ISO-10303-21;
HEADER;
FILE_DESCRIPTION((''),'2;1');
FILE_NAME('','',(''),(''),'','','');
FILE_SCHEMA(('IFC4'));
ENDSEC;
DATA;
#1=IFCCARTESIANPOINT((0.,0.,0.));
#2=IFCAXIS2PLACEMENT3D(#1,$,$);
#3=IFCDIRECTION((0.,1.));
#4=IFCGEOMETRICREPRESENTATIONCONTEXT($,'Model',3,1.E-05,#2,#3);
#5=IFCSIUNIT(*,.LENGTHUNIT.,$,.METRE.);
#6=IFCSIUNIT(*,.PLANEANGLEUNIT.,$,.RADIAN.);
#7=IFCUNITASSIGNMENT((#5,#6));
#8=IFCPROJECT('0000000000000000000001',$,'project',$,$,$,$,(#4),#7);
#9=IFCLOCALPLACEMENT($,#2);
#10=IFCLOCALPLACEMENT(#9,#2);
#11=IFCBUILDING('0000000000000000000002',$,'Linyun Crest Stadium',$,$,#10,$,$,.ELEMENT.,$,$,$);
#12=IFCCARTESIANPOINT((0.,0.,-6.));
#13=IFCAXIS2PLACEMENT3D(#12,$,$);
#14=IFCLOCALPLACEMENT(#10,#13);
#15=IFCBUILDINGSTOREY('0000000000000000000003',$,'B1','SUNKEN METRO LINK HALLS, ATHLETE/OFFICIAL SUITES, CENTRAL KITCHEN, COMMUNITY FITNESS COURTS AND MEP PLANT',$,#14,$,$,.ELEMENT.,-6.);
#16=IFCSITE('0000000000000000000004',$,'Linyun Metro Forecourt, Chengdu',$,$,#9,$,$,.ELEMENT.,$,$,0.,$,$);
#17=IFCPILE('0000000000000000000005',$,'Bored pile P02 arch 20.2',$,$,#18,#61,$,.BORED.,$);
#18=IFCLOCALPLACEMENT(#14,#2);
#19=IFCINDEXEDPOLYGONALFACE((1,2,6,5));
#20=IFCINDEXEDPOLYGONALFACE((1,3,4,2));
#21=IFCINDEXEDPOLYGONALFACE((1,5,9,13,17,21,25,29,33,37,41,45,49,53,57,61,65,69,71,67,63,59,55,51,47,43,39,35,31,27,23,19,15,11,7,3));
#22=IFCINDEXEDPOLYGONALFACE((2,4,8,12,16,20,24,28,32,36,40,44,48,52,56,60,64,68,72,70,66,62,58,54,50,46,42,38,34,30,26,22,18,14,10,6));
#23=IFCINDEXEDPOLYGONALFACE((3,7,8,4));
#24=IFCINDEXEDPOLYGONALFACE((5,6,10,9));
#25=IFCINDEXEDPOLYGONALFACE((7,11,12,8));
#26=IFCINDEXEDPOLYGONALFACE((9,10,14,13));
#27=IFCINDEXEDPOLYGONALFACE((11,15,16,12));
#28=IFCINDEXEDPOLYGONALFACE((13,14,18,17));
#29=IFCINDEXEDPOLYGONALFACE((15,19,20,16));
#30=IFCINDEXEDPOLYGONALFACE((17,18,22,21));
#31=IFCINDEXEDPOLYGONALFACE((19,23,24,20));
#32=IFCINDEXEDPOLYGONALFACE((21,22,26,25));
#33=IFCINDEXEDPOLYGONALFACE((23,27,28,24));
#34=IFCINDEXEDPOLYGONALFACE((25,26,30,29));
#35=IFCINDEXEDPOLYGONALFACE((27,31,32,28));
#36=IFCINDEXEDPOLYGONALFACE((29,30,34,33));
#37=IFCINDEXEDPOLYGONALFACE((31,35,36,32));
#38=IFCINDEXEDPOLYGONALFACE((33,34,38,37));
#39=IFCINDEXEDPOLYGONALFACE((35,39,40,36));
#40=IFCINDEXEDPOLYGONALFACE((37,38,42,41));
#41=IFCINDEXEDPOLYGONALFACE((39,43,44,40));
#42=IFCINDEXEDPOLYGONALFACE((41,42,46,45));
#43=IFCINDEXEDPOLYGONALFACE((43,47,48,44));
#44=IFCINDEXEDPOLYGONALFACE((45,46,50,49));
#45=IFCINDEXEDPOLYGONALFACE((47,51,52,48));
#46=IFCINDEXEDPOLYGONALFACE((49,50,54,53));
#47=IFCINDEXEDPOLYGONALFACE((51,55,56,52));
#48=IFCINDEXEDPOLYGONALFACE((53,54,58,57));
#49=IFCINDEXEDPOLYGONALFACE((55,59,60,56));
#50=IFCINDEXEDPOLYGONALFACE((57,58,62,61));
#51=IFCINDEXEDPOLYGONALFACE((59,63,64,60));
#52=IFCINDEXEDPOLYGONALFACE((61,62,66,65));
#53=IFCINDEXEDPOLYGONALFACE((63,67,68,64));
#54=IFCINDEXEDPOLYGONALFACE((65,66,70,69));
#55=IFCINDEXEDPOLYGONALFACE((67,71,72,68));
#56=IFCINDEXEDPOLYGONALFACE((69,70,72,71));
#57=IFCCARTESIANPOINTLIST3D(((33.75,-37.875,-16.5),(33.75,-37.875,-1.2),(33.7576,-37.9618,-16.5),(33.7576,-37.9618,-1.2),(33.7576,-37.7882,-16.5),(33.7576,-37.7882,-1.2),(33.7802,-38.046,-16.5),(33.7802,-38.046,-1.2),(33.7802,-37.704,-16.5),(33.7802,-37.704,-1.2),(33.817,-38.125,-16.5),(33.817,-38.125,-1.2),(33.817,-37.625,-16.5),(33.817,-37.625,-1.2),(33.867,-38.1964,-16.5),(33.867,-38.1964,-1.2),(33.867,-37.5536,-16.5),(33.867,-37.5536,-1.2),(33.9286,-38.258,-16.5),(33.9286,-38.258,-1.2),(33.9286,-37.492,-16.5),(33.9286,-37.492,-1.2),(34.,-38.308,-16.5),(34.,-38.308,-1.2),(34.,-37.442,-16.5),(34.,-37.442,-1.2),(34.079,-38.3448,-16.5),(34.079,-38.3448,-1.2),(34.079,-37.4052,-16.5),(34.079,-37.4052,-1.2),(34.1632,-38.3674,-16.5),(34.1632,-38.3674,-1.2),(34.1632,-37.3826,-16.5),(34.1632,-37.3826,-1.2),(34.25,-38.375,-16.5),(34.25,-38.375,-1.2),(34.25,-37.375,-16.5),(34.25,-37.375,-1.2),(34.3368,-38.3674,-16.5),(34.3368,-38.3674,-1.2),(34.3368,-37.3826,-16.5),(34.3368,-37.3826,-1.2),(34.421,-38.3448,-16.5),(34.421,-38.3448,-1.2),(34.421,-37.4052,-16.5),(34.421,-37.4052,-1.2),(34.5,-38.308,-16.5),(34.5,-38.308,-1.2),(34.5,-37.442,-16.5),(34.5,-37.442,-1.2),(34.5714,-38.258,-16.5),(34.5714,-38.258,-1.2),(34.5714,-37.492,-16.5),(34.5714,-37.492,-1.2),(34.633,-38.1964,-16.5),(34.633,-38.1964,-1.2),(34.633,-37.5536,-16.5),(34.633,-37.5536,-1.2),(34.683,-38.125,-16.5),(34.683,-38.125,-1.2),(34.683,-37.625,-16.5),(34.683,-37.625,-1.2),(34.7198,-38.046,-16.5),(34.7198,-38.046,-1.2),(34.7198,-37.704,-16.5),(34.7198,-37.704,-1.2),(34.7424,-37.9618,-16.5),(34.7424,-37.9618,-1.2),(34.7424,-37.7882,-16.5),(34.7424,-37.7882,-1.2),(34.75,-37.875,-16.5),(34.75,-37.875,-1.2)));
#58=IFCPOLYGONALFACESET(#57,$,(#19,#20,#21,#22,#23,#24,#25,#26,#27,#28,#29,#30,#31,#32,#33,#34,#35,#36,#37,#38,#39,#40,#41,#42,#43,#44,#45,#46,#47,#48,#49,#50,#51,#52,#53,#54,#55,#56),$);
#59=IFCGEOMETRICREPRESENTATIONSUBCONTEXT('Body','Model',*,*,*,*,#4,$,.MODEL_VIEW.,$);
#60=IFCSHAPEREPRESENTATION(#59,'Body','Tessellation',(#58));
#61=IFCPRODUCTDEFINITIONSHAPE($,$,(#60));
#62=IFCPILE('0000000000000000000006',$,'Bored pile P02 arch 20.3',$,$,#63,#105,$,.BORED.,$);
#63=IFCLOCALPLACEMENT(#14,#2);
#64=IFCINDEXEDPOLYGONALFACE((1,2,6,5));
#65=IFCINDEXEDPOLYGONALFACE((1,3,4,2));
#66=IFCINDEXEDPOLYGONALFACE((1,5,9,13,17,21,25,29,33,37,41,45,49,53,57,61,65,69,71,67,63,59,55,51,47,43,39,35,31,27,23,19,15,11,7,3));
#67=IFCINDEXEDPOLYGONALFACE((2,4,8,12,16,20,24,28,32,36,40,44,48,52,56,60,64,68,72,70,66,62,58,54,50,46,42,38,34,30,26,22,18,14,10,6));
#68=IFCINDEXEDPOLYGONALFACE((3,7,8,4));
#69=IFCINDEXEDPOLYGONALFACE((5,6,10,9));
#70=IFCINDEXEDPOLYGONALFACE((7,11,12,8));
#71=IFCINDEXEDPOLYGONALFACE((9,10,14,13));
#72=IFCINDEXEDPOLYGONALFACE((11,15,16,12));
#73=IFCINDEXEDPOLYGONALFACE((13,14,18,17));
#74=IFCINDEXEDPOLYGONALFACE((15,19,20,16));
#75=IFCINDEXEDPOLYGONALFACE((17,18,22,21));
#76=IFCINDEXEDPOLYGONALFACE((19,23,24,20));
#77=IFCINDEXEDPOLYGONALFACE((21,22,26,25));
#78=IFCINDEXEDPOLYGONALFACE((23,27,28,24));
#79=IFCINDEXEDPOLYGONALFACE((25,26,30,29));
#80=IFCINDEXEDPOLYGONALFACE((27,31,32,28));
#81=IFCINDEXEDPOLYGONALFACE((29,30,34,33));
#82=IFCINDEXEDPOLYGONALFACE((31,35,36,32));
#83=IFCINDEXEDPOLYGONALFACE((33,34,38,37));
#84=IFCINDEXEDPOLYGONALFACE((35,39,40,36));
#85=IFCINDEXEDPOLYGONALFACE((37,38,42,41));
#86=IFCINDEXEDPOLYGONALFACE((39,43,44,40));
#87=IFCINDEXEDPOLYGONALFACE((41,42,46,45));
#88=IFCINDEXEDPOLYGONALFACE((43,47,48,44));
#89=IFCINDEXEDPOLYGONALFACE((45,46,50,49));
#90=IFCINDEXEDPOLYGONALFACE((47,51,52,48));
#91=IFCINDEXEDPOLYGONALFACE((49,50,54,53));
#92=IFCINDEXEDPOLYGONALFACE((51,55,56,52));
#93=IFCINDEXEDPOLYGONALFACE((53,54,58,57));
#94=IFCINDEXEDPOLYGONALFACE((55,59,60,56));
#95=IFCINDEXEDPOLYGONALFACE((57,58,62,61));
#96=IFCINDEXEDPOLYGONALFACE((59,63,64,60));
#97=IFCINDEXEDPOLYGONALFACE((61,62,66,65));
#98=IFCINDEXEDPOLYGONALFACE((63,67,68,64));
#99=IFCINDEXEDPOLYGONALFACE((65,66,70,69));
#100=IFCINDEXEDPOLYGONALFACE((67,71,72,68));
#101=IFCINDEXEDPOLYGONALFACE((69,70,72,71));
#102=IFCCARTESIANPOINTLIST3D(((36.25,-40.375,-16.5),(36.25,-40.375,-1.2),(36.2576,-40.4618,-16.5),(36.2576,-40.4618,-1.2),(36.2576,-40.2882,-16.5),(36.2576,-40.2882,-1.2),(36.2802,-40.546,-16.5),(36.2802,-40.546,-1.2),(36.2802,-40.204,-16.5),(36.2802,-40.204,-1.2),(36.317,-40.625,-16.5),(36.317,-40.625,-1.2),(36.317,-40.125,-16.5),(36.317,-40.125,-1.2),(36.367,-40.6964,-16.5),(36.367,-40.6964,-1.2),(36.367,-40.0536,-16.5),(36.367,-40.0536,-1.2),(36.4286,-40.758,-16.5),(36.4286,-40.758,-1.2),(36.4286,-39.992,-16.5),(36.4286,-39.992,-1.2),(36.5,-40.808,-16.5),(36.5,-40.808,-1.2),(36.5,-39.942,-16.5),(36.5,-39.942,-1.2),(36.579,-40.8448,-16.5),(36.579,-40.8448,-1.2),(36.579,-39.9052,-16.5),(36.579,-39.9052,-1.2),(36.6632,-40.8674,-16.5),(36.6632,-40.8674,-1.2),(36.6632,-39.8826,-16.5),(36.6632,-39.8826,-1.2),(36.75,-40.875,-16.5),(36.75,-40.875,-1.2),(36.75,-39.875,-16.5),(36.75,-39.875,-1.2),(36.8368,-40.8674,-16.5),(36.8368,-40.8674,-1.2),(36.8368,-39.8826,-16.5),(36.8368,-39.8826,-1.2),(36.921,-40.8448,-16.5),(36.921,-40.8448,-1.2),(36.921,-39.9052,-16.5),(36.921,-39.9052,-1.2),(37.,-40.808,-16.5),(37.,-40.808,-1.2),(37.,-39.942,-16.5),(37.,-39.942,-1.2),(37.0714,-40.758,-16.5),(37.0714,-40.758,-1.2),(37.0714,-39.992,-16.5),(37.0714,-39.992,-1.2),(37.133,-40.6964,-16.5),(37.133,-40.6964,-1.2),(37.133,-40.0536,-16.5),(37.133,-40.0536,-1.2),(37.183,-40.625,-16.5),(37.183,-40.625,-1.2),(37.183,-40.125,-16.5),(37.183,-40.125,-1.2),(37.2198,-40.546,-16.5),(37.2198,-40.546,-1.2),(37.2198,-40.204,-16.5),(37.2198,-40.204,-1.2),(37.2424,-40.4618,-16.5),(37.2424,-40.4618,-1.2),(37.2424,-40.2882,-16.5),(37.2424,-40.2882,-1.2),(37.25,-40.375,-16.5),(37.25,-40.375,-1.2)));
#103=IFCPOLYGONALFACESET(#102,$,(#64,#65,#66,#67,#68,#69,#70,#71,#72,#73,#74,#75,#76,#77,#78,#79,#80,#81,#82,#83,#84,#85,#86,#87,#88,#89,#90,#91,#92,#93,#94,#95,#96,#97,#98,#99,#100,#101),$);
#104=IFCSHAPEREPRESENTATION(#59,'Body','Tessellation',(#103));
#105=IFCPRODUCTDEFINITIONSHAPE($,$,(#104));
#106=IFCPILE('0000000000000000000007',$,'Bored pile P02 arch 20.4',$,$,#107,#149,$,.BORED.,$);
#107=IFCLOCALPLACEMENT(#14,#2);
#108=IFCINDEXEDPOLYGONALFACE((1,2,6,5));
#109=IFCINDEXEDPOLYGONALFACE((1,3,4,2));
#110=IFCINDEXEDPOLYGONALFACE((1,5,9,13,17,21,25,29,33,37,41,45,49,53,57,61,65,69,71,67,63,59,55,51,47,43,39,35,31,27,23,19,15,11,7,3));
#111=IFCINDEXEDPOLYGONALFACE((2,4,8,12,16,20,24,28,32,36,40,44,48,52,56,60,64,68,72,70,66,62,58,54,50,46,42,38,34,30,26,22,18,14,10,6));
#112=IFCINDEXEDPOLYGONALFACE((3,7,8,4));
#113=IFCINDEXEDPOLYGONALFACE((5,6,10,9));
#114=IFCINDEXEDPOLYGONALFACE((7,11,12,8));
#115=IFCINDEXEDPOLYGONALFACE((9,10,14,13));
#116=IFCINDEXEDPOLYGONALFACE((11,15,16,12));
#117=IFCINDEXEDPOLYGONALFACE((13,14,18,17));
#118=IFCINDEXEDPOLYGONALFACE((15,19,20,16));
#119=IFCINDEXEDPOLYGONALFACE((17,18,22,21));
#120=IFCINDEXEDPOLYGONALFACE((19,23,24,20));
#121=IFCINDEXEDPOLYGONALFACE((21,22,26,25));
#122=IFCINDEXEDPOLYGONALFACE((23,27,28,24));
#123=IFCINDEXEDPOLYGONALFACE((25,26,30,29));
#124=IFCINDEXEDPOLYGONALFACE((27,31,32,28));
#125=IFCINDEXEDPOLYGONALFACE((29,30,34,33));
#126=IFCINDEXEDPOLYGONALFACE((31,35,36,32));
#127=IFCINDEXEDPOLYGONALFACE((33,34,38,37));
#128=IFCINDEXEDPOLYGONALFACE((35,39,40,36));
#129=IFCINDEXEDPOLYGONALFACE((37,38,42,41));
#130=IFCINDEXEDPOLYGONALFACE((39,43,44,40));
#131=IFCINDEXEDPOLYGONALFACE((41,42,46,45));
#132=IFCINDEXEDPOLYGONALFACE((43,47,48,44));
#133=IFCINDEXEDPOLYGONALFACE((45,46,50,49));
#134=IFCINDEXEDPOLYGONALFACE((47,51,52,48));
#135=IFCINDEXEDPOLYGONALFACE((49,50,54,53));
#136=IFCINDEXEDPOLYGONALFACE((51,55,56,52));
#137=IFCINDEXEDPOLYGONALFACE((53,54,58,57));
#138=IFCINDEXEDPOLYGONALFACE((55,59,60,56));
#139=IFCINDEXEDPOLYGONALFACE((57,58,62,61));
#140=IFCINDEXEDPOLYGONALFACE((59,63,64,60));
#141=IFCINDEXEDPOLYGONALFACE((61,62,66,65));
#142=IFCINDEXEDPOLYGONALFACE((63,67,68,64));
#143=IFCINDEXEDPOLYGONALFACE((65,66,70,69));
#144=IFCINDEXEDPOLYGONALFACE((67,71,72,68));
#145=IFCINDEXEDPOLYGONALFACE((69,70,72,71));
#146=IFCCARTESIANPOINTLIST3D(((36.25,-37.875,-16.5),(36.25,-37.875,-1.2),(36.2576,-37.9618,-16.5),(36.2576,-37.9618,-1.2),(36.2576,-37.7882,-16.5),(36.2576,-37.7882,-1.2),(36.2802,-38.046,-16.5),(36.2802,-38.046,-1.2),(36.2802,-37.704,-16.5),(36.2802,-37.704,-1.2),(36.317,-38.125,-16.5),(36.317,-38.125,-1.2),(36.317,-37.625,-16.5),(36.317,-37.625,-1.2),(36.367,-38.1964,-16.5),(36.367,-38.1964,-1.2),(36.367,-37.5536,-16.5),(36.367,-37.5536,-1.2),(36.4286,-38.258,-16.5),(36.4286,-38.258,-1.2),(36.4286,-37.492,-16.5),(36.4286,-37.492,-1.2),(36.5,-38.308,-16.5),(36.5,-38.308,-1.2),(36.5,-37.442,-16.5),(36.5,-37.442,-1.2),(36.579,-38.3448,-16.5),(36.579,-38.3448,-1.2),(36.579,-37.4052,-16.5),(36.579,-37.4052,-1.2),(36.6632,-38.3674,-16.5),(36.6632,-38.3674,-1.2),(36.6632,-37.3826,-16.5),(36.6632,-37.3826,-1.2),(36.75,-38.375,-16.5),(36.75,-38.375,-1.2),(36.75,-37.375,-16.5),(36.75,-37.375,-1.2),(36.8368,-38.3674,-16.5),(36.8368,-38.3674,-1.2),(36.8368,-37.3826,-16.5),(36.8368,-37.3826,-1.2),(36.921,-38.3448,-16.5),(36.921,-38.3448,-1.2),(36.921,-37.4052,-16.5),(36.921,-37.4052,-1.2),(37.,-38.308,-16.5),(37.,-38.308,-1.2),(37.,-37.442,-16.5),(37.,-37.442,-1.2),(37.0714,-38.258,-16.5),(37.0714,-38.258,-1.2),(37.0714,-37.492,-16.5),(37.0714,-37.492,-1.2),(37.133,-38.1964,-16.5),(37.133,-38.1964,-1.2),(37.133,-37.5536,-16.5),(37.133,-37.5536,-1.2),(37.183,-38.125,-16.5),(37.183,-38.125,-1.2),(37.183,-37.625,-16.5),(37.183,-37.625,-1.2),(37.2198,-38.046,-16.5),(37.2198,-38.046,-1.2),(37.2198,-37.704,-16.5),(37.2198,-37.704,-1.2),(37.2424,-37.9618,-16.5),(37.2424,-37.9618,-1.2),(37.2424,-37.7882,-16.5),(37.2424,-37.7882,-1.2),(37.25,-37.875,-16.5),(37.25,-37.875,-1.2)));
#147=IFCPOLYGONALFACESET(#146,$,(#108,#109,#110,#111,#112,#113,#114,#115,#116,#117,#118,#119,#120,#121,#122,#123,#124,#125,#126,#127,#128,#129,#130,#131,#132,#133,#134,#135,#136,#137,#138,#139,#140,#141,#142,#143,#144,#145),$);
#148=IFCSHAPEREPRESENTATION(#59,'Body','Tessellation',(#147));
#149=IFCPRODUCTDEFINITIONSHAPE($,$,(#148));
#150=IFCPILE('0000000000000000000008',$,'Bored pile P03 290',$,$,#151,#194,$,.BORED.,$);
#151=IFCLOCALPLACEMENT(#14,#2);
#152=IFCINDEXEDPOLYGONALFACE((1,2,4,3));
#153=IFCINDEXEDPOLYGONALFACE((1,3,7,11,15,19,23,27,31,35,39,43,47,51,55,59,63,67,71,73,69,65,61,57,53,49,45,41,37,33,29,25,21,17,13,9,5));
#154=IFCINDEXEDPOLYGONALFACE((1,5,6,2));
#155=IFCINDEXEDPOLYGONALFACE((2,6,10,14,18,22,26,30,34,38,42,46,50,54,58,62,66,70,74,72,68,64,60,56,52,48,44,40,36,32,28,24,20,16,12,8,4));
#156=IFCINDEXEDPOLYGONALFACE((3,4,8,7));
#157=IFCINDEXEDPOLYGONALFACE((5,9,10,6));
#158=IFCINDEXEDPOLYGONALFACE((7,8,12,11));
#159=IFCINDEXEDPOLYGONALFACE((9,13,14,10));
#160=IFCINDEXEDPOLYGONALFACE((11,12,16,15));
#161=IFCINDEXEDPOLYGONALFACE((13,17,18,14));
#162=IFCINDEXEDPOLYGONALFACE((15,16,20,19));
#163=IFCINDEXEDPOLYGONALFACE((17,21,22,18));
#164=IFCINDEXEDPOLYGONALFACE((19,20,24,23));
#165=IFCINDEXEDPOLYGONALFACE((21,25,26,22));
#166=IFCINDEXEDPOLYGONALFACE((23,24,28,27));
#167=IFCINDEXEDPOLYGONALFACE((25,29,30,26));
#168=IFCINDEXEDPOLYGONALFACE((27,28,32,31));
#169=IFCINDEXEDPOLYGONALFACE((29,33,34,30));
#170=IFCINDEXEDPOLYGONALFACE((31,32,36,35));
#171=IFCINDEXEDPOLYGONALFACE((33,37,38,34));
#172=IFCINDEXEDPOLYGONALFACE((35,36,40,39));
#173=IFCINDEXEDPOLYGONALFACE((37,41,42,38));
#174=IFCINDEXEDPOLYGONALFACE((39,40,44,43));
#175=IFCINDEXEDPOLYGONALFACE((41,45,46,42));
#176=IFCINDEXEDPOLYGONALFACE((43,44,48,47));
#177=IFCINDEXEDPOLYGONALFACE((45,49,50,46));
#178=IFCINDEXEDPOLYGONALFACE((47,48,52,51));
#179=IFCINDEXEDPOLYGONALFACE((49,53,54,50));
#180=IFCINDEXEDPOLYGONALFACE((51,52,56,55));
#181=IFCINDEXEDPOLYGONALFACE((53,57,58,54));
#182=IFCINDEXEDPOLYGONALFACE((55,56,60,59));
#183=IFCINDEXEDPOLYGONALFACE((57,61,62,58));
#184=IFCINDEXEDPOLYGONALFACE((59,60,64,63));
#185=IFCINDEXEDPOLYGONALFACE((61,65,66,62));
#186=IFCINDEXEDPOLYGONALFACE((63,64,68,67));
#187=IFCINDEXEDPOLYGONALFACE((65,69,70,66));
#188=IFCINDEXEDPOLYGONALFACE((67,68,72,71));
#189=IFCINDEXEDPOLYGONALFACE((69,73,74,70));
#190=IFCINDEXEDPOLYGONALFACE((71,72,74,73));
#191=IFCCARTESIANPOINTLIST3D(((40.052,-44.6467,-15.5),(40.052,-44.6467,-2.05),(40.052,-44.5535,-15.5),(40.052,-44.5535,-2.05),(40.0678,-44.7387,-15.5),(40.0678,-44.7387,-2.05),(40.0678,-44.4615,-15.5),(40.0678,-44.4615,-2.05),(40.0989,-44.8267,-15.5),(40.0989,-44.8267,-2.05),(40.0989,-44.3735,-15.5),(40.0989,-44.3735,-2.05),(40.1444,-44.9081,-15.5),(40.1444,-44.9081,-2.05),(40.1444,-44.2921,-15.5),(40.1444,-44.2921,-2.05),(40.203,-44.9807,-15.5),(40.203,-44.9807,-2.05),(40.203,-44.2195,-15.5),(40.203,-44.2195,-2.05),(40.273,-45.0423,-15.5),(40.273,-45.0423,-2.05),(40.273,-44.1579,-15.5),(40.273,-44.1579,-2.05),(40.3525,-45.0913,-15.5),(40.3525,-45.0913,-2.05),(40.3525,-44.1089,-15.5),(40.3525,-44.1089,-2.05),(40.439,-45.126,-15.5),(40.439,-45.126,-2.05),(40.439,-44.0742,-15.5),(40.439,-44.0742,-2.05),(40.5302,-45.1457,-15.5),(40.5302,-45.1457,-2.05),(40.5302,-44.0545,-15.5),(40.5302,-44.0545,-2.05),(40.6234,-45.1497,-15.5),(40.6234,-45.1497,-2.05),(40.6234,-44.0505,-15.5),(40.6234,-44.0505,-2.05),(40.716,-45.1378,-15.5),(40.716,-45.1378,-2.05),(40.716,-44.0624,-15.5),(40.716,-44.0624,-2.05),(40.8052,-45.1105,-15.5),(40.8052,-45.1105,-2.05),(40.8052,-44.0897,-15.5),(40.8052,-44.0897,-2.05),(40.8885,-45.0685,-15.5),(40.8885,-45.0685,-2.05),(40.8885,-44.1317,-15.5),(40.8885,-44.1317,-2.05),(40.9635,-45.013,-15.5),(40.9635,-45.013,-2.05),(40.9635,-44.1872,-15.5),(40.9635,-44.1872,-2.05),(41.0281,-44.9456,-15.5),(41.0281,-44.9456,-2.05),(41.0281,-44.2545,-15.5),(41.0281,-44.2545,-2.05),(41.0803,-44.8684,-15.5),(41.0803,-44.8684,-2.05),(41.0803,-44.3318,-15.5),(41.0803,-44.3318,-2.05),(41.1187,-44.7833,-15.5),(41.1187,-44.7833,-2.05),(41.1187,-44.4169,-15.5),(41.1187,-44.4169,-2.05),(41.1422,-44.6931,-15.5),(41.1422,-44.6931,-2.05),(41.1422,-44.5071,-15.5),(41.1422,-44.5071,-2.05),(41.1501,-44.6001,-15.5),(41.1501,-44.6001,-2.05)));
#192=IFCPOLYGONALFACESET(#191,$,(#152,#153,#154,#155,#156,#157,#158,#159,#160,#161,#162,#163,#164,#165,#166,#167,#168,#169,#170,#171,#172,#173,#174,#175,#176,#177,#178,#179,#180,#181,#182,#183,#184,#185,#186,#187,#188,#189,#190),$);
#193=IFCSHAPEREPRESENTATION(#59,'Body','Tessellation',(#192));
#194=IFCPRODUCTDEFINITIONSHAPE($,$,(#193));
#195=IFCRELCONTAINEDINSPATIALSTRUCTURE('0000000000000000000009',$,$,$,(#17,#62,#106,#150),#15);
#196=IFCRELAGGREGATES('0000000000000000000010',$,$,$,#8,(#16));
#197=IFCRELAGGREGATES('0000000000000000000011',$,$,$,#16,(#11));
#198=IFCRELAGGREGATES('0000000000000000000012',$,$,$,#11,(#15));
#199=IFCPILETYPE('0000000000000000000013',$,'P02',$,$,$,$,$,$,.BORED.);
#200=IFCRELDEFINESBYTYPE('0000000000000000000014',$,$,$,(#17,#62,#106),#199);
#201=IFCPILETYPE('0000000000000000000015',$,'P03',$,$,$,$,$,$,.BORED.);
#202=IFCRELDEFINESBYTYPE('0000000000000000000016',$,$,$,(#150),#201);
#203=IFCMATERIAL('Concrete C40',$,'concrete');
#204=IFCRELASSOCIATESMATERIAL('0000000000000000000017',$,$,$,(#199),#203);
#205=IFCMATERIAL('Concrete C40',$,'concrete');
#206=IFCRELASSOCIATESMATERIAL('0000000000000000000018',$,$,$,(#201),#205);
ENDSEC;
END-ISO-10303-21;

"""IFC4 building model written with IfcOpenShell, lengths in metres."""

from ifc_helpers import new_model, si_unit, direction, frame, origin, origin_2d, place, context, subcontext, project, spatial, circle, extrude, material, material_profile, profile_set, type_object, element, save


model = new_model("IFC4")

# Units and contexts
model_context = context("Model", 3, precision=1e-05, world=origin(), true_north=direction((0.0, 1.0)))
body_context = subcontext(model_context, "Body", "Model", "MODEL_VIEW")
ifc_project = project(units=[si_unit("LENGTHUNIT", "METRE"), si_unit("PLANEANGLEUNIT", "RADIAN")], contexts=[model_context])

# Site, building, storey
site_placement = place(None, origin())
site = spatial("IfcSite", under=ifc_project, at=site_placement, Name="Linyun Metro Forecourt, Chengdu", CompositionType="ELEMENT", RefElevation=0.0)
building_placement = place(site_placement, origin())
building = spatial("IfcBuilding", under=site, at=building_placement, Name="Linyun Crest Stadium", CompositionType="ELEMENT")
storey_placement = place(building_placement, frame((0.0, 0.0, -6.0)))
storey = spatial("IfcBuildingStorey", under=building, at=storey_placement, Name="B1", Description="SUNKEN METRO LINK HALLS, ATHLETE/OFFICIAL SUITES, CENTRAL KITCHEN, COMMUNITY FITNESS COURTS AND MEP PLANT", CompositionType="ELEMENT", Elevation=-6.0)

# Piles
ifc_material_1 = material(Name="Concrete C40", Category="concrete")
ifc_material_profile_1 = material_profile(ifc_material_1, circle(Radius=0.5, at=origin_2d()), Name="BORED PILE 1000")
ifc_profile_set_1 = profile_set([ifc_material_profile_1], Name="Concrete C40")
pile_type_1 = type_object("IfcPileType", Name="P02", PredefinedType="BORED", material=ifc_profile_set_1)
for number, where, z_axis, x_axis, name in (
    (1, (34.25, -37.875, -1.2), (0.0, 0.0, -1.0), (1.0, 0.0, 0.0), "Bored pile P02 arch 20.2"),
    (2, (36.75, -40.375, -1.2), (0.0, 0.0, -1.0), (1.0, 0.0, 0.0), "Bored pile P02 arch 20.3"),
    (3, (36.75, -37.875, -1.2), (0.0, 0.0, -1.0), (1.0, 0.0, 0.0), "Bored pile P02 arch 20.4"),
):
    element("IfcPile", number, at=place(storey_placement, frame(where, z_axis=z_axis, x_axis=x_axis)), inside=storey, type_object=pile_type_1, Name=name, PredefinedType="BORED", context=body_context, shape_type="SweptSolid", body=[
        extrude(circle(Radius=0.5, at=origin_2d()), origin(), (0.0, 0.0, 1.0), 15.3),
    ])
ifc_material_2 = material(Name="Concrete C40", Category="concrete")
ifc_material_profile_2 = material_profile(ifc_material_2, circle(Radius=0.55, at=origin_2d()), Name="BORED PILE 1100")
ifc_profile_set_2 = profile_set([ifc_material_profile_2], Name="Concrete C40")
pile_type_2 = type_object("IfcPileType", Name="P03", PredefinedType="BORED", material=ifc_profile_set_2)
for number, where, z_axis, x_axis, name in (
    (4, (40.6001, -44.6001, -2.05), (0.0, 0.0, -1.0), (1.0, 0.0, 0.0), "Bored pile P03 290"),
):
    element("IfcPile", number, at=place(storey_placement, frame(where, z_axis=z_axis, x_axis=x_axis)), inside=storey, type_object=pile_type_2, Name=name, PredefinedType="BORED", context=body_context, shape_type="SweptSolid", body=[
        extrude(circle(Radius=0.55, at=origin_2d()), origin(), (0.0, 0.0, 1.0), 13.45),
    ])

save(model, "model.ifc")
